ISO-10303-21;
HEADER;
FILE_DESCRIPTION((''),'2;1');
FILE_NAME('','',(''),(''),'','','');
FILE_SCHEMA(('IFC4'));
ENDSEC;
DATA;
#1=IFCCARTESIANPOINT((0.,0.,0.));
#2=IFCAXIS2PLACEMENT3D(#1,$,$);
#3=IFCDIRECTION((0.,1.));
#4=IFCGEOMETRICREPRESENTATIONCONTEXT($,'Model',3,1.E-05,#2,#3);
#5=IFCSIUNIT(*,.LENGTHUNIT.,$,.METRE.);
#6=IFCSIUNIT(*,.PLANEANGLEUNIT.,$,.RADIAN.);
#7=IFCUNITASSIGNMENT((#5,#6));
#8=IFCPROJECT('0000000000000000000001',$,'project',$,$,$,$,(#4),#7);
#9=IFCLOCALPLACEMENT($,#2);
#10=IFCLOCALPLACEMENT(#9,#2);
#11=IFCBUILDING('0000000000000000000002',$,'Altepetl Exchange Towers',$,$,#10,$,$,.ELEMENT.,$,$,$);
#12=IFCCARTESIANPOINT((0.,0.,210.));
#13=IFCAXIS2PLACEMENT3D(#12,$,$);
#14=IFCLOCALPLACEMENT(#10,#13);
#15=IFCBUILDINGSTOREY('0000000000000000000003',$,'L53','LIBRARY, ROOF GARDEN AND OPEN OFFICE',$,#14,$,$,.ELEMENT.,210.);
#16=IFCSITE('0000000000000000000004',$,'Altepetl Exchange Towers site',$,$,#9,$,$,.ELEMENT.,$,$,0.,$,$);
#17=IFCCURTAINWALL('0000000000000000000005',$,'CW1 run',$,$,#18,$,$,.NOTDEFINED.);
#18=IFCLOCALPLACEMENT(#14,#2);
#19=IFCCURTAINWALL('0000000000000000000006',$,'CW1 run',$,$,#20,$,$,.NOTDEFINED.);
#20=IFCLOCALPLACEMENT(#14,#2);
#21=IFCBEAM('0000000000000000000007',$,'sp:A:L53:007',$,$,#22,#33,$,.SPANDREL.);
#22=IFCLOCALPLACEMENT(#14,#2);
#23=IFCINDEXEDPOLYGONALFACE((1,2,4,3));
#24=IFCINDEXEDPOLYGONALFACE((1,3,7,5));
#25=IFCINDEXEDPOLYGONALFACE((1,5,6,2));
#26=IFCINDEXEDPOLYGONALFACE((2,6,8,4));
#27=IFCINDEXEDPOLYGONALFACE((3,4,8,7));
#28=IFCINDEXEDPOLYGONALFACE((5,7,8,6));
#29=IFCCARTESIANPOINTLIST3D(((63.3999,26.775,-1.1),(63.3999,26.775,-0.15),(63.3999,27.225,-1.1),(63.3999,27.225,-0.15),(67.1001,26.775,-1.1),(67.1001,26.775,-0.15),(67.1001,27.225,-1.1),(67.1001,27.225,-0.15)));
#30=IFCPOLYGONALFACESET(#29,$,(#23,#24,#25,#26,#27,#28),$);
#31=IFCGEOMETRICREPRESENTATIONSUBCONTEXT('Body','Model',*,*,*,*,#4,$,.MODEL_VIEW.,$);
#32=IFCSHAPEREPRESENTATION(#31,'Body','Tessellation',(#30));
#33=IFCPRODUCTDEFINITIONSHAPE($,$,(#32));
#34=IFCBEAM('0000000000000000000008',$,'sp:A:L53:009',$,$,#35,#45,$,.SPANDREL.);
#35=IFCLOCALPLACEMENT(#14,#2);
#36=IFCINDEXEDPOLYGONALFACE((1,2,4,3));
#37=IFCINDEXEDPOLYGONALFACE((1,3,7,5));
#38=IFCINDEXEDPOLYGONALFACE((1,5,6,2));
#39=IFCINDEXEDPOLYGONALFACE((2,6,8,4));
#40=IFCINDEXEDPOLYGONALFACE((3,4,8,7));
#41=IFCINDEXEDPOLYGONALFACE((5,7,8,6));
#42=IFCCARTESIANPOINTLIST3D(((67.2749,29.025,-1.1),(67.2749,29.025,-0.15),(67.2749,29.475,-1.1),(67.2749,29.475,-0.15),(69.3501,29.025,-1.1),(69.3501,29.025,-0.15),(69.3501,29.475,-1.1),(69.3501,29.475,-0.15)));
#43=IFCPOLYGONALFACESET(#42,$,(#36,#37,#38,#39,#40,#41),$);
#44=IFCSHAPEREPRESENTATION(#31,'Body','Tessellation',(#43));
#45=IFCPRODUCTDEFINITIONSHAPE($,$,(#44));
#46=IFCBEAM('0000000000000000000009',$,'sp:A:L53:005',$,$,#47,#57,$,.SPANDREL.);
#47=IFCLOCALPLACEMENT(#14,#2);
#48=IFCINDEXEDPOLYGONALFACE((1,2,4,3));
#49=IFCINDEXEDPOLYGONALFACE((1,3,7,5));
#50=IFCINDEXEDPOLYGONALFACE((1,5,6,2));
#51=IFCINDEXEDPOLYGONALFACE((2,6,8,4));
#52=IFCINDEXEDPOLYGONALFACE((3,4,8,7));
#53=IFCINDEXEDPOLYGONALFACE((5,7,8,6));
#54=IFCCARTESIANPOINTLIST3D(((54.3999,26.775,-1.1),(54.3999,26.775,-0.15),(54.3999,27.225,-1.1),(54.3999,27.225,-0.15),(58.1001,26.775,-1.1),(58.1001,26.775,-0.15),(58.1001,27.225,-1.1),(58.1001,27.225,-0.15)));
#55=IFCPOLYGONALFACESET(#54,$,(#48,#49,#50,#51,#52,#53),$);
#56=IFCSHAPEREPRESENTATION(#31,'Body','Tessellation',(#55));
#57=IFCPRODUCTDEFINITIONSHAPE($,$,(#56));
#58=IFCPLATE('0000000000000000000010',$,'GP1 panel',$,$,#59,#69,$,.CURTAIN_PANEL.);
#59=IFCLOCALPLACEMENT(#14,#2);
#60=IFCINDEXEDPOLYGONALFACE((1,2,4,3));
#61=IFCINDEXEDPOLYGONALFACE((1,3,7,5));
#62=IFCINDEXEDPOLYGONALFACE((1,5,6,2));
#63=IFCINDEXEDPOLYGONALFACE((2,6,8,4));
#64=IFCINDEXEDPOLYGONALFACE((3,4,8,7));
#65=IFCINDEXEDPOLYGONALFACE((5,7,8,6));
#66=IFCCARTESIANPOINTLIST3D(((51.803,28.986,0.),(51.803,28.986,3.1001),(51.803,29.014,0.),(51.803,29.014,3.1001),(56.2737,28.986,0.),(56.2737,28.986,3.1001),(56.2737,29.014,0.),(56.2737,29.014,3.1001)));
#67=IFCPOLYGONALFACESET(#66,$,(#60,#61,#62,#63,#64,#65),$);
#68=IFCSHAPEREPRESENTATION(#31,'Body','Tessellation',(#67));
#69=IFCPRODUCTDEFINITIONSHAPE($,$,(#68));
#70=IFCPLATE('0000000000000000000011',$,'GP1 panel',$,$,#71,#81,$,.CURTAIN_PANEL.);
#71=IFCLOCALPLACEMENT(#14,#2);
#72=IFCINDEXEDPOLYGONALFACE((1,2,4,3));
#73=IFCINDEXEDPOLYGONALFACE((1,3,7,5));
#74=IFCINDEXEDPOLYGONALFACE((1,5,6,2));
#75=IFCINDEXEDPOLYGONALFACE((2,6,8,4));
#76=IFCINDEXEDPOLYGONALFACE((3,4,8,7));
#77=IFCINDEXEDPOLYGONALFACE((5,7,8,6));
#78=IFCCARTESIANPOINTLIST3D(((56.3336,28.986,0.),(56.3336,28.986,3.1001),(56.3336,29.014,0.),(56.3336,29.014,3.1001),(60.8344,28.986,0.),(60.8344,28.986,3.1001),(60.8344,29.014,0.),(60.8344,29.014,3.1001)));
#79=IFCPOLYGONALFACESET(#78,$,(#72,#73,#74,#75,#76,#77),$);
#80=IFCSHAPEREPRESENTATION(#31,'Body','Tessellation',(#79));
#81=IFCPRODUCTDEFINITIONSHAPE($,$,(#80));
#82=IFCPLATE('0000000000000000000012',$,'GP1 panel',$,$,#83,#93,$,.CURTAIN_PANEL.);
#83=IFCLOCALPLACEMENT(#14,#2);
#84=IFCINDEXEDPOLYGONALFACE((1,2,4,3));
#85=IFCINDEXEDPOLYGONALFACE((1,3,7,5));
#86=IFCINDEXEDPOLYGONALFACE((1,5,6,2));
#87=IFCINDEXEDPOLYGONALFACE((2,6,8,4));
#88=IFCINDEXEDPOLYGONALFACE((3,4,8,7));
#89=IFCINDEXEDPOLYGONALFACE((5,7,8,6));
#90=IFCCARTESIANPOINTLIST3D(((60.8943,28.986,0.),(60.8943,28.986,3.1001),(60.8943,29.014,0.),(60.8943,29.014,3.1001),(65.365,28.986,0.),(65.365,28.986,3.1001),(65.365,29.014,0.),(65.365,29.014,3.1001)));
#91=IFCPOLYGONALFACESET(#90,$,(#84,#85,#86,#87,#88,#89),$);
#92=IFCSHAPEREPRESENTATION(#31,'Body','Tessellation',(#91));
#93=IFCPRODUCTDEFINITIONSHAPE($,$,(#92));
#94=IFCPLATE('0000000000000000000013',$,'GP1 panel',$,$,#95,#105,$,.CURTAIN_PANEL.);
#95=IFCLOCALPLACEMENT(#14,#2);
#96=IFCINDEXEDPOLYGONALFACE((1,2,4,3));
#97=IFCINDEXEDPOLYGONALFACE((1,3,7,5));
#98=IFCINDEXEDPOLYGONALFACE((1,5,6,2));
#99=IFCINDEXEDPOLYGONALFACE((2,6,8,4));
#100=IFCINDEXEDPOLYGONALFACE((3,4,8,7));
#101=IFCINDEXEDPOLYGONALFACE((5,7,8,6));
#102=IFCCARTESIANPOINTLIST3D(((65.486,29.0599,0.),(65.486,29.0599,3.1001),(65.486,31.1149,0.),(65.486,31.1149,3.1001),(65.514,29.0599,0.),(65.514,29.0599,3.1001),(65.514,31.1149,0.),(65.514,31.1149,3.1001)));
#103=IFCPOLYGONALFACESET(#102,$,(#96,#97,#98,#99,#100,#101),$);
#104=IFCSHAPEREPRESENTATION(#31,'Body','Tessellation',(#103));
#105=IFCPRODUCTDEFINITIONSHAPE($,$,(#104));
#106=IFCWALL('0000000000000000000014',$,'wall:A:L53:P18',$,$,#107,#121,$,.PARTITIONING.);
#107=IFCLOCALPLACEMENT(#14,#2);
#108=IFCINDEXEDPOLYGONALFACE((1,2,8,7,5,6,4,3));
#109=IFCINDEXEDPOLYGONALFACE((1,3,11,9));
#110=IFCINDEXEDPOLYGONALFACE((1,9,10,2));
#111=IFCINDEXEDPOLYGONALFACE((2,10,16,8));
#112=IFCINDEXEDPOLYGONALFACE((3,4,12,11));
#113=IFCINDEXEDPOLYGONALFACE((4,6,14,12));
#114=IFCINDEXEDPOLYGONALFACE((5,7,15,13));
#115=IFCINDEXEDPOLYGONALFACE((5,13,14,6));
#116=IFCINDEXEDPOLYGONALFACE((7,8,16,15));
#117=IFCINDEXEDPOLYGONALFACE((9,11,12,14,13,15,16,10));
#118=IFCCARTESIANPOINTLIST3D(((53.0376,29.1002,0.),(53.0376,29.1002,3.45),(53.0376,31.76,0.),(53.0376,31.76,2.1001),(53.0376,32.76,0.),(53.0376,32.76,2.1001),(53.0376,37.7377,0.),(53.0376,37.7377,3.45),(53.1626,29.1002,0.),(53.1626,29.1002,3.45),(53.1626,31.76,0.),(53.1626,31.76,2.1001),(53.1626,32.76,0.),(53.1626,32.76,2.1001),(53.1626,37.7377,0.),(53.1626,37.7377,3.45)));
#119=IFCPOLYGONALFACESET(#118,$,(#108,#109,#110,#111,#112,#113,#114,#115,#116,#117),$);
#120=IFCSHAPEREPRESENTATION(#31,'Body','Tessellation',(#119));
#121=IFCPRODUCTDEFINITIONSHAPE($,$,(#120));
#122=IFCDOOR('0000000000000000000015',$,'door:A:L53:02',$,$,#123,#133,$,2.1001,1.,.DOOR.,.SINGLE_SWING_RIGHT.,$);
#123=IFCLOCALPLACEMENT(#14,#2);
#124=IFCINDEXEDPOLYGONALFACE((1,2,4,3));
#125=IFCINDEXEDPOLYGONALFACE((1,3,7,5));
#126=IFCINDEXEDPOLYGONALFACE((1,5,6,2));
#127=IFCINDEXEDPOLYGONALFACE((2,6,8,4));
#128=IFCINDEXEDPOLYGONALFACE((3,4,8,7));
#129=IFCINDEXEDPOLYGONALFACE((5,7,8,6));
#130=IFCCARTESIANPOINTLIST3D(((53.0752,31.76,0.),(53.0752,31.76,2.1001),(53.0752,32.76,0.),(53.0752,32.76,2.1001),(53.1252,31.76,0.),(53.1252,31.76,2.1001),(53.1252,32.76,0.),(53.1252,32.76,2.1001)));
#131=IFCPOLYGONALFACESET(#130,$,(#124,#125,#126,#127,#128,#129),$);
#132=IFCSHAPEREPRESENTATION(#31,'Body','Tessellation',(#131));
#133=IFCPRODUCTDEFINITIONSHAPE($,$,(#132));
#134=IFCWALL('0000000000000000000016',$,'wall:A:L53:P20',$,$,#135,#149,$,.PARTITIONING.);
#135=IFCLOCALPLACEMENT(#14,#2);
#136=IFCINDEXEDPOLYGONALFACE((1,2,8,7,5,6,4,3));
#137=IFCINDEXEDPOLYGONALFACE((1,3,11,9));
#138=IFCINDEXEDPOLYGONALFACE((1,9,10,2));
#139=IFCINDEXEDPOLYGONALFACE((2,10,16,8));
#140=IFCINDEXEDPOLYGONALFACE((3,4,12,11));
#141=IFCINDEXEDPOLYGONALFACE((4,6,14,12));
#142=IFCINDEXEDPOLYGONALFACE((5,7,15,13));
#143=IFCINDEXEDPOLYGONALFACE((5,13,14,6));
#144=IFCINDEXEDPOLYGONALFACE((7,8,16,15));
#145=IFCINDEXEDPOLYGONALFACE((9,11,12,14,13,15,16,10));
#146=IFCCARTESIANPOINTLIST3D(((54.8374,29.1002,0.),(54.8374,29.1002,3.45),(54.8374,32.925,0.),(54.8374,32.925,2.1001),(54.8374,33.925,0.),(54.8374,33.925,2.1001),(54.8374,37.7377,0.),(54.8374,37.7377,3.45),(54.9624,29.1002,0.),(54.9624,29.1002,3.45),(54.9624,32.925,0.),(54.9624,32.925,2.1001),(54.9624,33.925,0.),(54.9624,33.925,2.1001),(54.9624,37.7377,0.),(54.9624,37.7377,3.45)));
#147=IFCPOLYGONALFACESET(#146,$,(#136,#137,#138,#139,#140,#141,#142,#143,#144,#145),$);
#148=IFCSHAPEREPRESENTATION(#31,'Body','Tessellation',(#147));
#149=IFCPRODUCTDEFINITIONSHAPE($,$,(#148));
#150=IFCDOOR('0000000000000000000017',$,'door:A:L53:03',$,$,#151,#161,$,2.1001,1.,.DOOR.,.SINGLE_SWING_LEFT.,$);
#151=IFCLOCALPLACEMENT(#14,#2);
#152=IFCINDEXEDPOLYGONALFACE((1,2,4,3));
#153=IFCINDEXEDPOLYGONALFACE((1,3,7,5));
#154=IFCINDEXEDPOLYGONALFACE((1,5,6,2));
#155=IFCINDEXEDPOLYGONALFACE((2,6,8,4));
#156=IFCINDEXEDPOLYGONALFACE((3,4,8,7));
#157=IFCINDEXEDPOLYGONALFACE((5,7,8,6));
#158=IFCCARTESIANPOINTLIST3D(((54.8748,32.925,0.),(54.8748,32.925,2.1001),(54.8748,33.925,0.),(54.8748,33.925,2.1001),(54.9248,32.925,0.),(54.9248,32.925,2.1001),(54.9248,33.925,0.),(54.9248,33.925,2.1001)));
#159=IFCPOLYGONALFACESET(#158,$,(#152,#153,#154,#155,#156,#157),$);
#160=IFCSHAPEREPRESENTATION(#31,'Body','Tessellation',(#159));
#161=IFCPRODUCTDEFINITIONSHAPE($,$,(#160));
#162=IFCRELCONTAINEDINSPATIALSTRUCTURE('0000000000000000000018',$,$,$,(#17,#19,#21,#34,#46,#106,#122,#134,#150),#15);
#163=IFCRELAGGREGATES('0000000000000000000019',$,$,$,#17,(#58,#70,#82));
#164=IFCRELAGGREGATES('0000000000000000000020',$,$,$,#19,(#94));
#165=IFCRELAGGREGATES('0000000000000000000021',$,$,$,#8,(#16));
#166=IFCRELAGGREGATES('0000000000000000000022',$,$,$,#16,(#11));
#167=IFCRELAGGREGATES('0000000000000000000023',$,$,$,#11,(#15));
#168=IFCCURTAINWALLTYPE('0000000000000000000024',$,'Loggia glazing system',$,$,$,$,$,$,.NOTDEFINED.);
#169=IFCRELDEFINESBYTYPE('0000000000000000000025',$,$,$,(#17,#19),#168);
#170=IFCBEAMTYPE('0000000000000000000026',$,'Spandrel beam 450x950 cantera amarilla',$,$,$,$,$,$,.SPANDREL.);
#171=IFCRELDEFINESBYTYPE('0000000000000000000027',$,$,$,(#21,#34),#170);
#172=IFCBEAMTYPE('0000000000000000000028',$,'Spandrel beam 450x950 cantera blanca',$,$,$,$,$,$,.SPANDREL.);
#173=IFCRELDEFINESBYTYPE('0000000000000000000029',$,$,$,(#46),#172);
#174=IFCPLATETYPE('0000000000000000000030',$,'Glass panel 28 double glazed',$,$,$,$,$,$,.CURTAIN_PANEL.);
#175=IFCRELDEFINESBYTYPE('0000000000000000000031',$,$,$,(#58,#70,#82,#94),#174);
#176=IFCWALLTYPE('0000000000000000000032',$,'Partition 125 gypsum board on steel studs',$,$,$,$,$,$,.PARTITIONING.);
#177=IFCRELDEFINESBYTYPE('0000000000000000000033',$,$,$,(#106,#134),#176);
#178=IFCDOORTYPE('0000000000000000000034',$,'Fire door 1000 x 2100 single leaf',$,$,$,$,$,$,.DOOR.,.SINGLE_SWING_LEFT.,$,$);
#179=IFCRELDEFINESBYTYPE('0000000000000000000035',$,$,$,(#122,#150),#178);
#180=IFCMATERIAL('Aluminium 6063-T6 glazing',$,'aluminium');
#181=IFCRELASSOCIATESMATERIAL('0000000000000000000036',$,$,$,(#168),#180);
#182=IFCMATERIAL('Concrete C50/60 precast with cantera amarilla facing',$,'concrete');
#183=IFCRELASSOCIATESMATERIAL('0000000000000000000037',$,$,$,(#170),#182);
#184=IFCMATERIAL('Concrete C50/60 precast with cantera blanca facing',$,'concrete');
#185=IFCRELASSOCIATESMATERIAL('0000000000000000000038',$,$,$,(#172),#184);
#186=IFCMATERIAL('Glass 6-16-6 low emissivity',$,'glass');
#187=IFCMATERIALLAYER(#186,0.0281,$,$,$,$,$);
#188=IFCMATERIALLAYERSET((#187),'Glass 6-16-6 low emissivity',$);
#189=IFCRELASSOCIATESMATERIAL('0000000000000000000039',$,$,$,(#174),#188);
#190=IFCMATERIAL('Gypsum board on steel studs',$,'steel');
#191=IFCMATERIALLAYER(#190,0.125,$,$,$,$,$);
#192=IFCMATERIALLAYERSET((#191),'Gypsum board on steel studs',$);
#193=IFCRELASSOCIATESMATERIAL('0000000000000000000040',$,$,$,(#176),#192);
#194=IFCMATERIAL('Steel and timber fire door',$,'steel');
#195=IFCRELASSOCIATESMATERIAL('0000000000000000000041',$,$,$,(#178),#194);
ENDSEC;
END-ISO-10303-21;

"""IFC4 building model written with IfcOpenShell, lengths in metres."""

from ifc_helpers import new_model, si_unit, direction, frame, frame_2d, origin, origin_2d, place, context, subcontext, project, spatial, rectangle, extrude, material, layer, layer_set, material_profile, profile_set, type_object, element, fill, aggregate, save


model = new_model("IFC4")

# Units and contexts
model_context = context("Model", 3, precision=1e-05, world=origin(), true_north=direction((0.0, 1.0)))
body_context = subcontext(model_context, "Body", "Model", "MODEL_VIEW")
ifc_project = project(units=[si_unit("LENGTHUNIT", "METRE"), si_unit("PLANEANGLEUNIT", "RADIAN")], contexts=[model_context])

# Site, building, storey
site_placement = place(None, origin())
site = spatial("IfcSite", under=ifc_project, at=site_placement, Name="Altepetl Exchange Towers site", CompositionType="ELEMENT", RefElevation=0.0)
building_placement = place(site_placement, origin())
building = spatial("IfcBuilding", under=site, at=building_placement, Name="Altepetl Exchange Towers", CompositionType="ELEMENT")
storey_placement = place(building_placement, frame((0.0, 0.0, 210.0)))
storey = spatial("IfcBuildingStorey", under=building, at=storey_placement, Name="L53", Description="LIBRARY, ROOF GARDEN AND OPEN OFFICE", CompositionType="ELEMENT", Elevation=210.0)

# Curtain walls
ifc_material_1 = material(Name="Aluminium 6063-T6 glazing", Category="aluminium")
curtain_wall_type = type_object("IfcCurtainWallType", Name="Loggia glazing system", PredefinedType="NOTDEFINED", material=ifc_material_1)
curtain_wall_1_placement = place(storey_placement, origin())
curtain_wall_1 = element("IfcCurtainWall", 1, at=curtain_wall_1_placement, inside=storey, type_object=curtain_wall_type, Name="CW1 run", PredefinedType="NOTDEFINED")
curtain_wall_2_placement = place(storey_placement, origin())
curtain_wall_2 = element("IfcCurtainWall", 2, at=curtain_wall_2_placement, inside=storey, type_object=curtain_wall_type, Name="CW1 run", PredefinedType="NOTDEFINED")

# Beams
ifc_material_2 = material(Name="Concrete C50/60 precast with cantera amarilla facing", Category="concrete")
ifc_material_profile_1 = material_profile(ifc_material_2, rectangle(XDim=0.45, YDim=0.95, at=origin_2d()), Name="450 x 950")
ifc_profile_set_1 = profile_set([ifc_material_profile_1], Name="Concrete C50/60 precast with cantera amarilla facing")
beam_type_1 = type_object("IfcBeamType", Name="Spandrel beam 450x950 cantera amarilla", PredefinedType="SPANDREL", material=ifc_profile_set_1)
for number, where, z_axis, x_axis, name in (
    (3, (63.3999, 27.0, -0.625), (1.0, 0.0, 0.0), (0.0, 1.0, 0.0), "sp:A:L53:007"),
):
    element("IfcBeam", number, at=place(storey_placement, frame(where, z_axis=z_axis, x_axis=x_axis)), inside=storey, type_object=beam_type_1, Name=name, PredefinedType="SPANDREL", context=body_context, shape_type="SweptSolid", body=[
        extrude(rectangle(XDim=0.45, YDim=0.95, at=origin_2d()), origin(), (0.0, 0.0, 1.0), 3.7002),
    ])
beam_1_placement = place(storey_placement, frame((67.2749, 29.25, -0.625), z_axis=(1.0, 0.0, 0.0), x_axis=(0.0, 1.0, 0.0)))
element("IfcBeam", 4, at=beam_1_placement, inside=storey, type_object=beam_type_1, Name="sp:A:L53:009", PredefinedType="SPANDREL", context=body_context, shape_type="SweptSolid", body=[
    extrude(rectangle(XDim=0.45, YDim=0.95, at=origin_2d()), origin(), (0.0, 0.0, 1.0), 2.0752),
])
ifc_material_3 = material(Name="Concrete C50/60 precast with cantera blanca facing", Category="concrete")
ifc_material_profile_2 = material_profile(ifc_material_3, rectangle(XDim=0.45, YDim=0.95, at=origin_2d()), Name="450 x 950")
ifc_profile_set_2 = profile_set([ifc_material_profile_2], Name="Concrete C50/60 precast with cantera blanca facing")
beam_type_2 = type_object("IfcBeamType", Name="Spandrel beam 450x950 cantera blanca", PredefinedType="SPANDREL", material=ifc_profile_set_2)
beam_2_placement = place(storey_placement, frame((54.3999, 27.0, -0.625), z_axis=(1.0, 0.0, 0.0), x_axis=(0.0, 1.0, 0.0)))
element("IfcBeam", 5, at=beam_2_placement, inside=storey, type_object=beam_type_2, Name="sp:A:L53:005", PredefinedType="SPANDREL", context=body_context, shape_type="SweptSolid", body=[
    extrude(rectangle(XDim=0.45, YDim=0.95, at=origin_2d()), origin(), (0.0, 0.0, 1.0), 3.7002),
])

# Plates
ifc_material_4 = material(Name="Glass 6-16-6 low emissivity", Category="glass")
ifc_layer_1 = layer(ifc_material_4, 0.0281)
ifc_layer_set_1 = layer_set([ifc_layer_1], Name="Glass 6-16-6 low emissivity")
plate_type = type_object("IfcPlateType", Name="Glass panel 28 double glazed", PredefinedType="CURTAIN_PANEL", material=ifc_layer_set_1)
plate_1_placement = place(storey_placement, frame((54.0383, 29.0, 0.0)))
plate_1 = element("IfcPlate", 6, at=plate_1_placement, type_object=plate_type, Name="GP1 panel", PredefinedType="CURTAIN_PANEL", context=body_context, shape_type="SweptSolid", body=[
    extrude(rectangle(XDim=4.4707, YDim=0.0281, at=origin_2d()), origin(), (0.0, 0.0, 1.0), 3.1001),
])
plate_2_placement = place(storey_placement, frame((58.584, 29.0, 0.0)))
plate_2 = element("IfcPlate", 7, at=plate_2_placement, type_object=plate_type, Name="GP1 panel", PredefinedType="CURTAIN_PANEL", context=body_context, shape_type="SweptSolid", body=[
    extrude(rectangle(XDim=4.5007, YDim=0.0281, at=origin_2d()), origin(), (0.0, 0.0, 1.0), 3.1001),
])
plate_3_placement = place(storey_placement, frame((63.1296, 29.0, 0.0)))
plate_3 = element("IfcPlate", 8, at=plate_3_placement, type_object=plate_type, Name="GP1 panel", PredefinedType="CURTAIN_PANEL", context=body_context, shape_type="SweptSolid", body=[
    extrude(rectangle(XDim=4.4707, YDim=0.0281, at=origin_2d()), origin(), (0.0, 0.0, 1.0), 3.1001),
])
aggregate(curtain_wall_1, [plate_1, plate_2, plate_3])
plate_4_placement = place(storey_placement, frame((65.5, 30.0874, 0.0), z_axis=(0.0, 0.0, 1.0), x_axis=(0.0, 1.0, 0.0)))
plate_4 = element("IfcPlate", 9, at=plate_4_placement, type_object=plate_type, Name="GP1 panel", PredefinedType="CURTAIN_PANEL", context=body_context, shape_type="SweptSolid", body=[
    extrude(rectangle(XDim=2.0549, YDim=0.0281, at=origin_2d()), origin(), (0.0, 0.0, 1.0), 3.1001),
])
aggregate(curtain_wall_2, [plate_4])

# Walls, openings, doors
ifc_material_5 = material(Name="Gypsum board on steel studs", Category="steel")
ifc_layer_2 = layer(ifc_material_5, 0.125)
ifc_layer_set_2 = layer_set([ifc_layer_2], Name="Gypsum board on steel studs")
wall_type = type_object("IfcWallType", Name="Partition 125 gypsum board on steel studs", PredefinedType="PARTITIONING", material=ifc_layer_set_2)
wall_1_placement = place(storey_placement, frame((53.1001, 29.1001, 0.0), z_axis=(0.0, 0.0, 1.0), x_axis=(0.0, 1.0, 0.0)))
wall_1 = element("IfcWall", 10, at=wall_1_placement, inside=storey, type_object=wall_type, Name="wall:A:L53:P18", PredefinedType="PARTITIONING", context=body_context, shape_type="SweptSolid", body=[
    extrude(rectangle(XDim=8.6375, YDim=0.125, at=frame_2d((4.3188, 0.0))), origin(), (0.0, 0.0, 1.0), 3.45),
])
opening_1_placement = place(wall_1_placement, frame((2.6599, 0.0, 0.0)))
opening_1 = element("IfcOpeningElement", 11, at=opening_1_placement, cuts=wall_1, PredefinedType="OPENING", context=body_context, shape_type="SweptSolid", body=[
    extrude(rectangle(XDim=1.0, YDim=2.1001, at=frame_2d((0.5, 1.05))), frame((0.0, 0.0725, 0.0), z_axis=(0.0, -1.0, 0.0), x_axis=(1.0, 0.0, 0.0)), (0.0, 0.0, 1.0), 0.145),
])
ifc_material_6 = material(Name="Steel and timber fire door", Category="steel")
door_type = type_object("IfcDoorType", Name="Fire door 1000 x 2100 single leaf", OperationType="SINGLE_SWING_LEFT", PredefinedType="DOOR", material=ifc_material_6)
door_1_placement = place(opening_1_placement, origin())
door_1 = element("IfcDoor", 12, at=door_1_placement, inside=storey, type_object=door_type, Name="door:A:L53:02", OperationType="SINGLE_SWING_RIGHT", OverallHeight=2.1001, OverallWidth=1.0, PredefinedType="DOOR", context=body_context, shape_type="SweptSolid", body=[
    extrude(rectangle(XDim=1.0, YDim=2.1001, at=frame_2d((0.5, 1.05))), frame((0.0, 0.0249, 0.0), z_axis=(0.0, -1.0, 0.0), x_axis=(1.0, 0.0, 0.0)), (0.0, 0.0, 1.0), 0.05),
])
fill(opening_1, door_1)
wall_2_placement = place(storey_placement, frame((54.8999, 29.1001, 0.0), z_axis=(0.0, 0.0, 1.0), x_axis=(0.0, 1.0, 0.0)))
wall_2 = element("IfcWall", 13, at=wall_2_placement, inside=storey, type_object=wall_type, Name="wall:A:L53:P20", PredefinedType="PARTITIONING", context=body_context, shape_type="SweptSolid", body=[
    extrude(rectangle(XDim=8.6375, YDim=0.125, at=frame_2d((4.3188, 0.0))), origin(), (0.0, 0.0, 1.0), 3.45),
])
opening_2_placement = place(wall_2_placement, frame((3.825, 0.0, 0.0)))
opening_2 = element("IfcOpeningElement", 14, at=opening_2_placement, cuts=wall_2, PredefinedType="OPENING", context=body_context, shape_type="SweptSolid", body=[
    extrude(rectangle(XDim=1.0, YDim=2.1001, at=frame_2d((0.5, 1.05))), frame((0.0, 0.0725, 0.0), z_axis=(0.0, -1.0, 0.0), x_axis=(1.0, 0.0, 0.0)), (0.0, 0.0, 1.0), 0.145),
])
door_2_placement = place(opening_2_placement, frame((1.0, 0.0, 0.0), x_axis=(-1.0, 0.0, 0.0)))
door_2 = element("IfcDoor", 15, at=door_2_placement, inside=storey, type_object=door_type, Name="door:A:L53:03", OperationType="SINGLE_SWING_LEFT", OverallHeight=2.1001, OverallWidth=1.0, PredefinedType="DOOR", context=body_context, shape_type="SweptSolid", body=[
    extrude(rectangle(XDim=1.0, YDim=2.1001, at=frame_2d((0.5, 1.05))), frame((0.0, 0.0249, 0.0), z_axis=(0.0, -1.0, 0.0), x_axis=(1.0, 0.0, 0.0)), (0.0, 0.0, 1.0), 0.05),
])
fill(opening_2, door_2)

save(model, "model.ifc")
